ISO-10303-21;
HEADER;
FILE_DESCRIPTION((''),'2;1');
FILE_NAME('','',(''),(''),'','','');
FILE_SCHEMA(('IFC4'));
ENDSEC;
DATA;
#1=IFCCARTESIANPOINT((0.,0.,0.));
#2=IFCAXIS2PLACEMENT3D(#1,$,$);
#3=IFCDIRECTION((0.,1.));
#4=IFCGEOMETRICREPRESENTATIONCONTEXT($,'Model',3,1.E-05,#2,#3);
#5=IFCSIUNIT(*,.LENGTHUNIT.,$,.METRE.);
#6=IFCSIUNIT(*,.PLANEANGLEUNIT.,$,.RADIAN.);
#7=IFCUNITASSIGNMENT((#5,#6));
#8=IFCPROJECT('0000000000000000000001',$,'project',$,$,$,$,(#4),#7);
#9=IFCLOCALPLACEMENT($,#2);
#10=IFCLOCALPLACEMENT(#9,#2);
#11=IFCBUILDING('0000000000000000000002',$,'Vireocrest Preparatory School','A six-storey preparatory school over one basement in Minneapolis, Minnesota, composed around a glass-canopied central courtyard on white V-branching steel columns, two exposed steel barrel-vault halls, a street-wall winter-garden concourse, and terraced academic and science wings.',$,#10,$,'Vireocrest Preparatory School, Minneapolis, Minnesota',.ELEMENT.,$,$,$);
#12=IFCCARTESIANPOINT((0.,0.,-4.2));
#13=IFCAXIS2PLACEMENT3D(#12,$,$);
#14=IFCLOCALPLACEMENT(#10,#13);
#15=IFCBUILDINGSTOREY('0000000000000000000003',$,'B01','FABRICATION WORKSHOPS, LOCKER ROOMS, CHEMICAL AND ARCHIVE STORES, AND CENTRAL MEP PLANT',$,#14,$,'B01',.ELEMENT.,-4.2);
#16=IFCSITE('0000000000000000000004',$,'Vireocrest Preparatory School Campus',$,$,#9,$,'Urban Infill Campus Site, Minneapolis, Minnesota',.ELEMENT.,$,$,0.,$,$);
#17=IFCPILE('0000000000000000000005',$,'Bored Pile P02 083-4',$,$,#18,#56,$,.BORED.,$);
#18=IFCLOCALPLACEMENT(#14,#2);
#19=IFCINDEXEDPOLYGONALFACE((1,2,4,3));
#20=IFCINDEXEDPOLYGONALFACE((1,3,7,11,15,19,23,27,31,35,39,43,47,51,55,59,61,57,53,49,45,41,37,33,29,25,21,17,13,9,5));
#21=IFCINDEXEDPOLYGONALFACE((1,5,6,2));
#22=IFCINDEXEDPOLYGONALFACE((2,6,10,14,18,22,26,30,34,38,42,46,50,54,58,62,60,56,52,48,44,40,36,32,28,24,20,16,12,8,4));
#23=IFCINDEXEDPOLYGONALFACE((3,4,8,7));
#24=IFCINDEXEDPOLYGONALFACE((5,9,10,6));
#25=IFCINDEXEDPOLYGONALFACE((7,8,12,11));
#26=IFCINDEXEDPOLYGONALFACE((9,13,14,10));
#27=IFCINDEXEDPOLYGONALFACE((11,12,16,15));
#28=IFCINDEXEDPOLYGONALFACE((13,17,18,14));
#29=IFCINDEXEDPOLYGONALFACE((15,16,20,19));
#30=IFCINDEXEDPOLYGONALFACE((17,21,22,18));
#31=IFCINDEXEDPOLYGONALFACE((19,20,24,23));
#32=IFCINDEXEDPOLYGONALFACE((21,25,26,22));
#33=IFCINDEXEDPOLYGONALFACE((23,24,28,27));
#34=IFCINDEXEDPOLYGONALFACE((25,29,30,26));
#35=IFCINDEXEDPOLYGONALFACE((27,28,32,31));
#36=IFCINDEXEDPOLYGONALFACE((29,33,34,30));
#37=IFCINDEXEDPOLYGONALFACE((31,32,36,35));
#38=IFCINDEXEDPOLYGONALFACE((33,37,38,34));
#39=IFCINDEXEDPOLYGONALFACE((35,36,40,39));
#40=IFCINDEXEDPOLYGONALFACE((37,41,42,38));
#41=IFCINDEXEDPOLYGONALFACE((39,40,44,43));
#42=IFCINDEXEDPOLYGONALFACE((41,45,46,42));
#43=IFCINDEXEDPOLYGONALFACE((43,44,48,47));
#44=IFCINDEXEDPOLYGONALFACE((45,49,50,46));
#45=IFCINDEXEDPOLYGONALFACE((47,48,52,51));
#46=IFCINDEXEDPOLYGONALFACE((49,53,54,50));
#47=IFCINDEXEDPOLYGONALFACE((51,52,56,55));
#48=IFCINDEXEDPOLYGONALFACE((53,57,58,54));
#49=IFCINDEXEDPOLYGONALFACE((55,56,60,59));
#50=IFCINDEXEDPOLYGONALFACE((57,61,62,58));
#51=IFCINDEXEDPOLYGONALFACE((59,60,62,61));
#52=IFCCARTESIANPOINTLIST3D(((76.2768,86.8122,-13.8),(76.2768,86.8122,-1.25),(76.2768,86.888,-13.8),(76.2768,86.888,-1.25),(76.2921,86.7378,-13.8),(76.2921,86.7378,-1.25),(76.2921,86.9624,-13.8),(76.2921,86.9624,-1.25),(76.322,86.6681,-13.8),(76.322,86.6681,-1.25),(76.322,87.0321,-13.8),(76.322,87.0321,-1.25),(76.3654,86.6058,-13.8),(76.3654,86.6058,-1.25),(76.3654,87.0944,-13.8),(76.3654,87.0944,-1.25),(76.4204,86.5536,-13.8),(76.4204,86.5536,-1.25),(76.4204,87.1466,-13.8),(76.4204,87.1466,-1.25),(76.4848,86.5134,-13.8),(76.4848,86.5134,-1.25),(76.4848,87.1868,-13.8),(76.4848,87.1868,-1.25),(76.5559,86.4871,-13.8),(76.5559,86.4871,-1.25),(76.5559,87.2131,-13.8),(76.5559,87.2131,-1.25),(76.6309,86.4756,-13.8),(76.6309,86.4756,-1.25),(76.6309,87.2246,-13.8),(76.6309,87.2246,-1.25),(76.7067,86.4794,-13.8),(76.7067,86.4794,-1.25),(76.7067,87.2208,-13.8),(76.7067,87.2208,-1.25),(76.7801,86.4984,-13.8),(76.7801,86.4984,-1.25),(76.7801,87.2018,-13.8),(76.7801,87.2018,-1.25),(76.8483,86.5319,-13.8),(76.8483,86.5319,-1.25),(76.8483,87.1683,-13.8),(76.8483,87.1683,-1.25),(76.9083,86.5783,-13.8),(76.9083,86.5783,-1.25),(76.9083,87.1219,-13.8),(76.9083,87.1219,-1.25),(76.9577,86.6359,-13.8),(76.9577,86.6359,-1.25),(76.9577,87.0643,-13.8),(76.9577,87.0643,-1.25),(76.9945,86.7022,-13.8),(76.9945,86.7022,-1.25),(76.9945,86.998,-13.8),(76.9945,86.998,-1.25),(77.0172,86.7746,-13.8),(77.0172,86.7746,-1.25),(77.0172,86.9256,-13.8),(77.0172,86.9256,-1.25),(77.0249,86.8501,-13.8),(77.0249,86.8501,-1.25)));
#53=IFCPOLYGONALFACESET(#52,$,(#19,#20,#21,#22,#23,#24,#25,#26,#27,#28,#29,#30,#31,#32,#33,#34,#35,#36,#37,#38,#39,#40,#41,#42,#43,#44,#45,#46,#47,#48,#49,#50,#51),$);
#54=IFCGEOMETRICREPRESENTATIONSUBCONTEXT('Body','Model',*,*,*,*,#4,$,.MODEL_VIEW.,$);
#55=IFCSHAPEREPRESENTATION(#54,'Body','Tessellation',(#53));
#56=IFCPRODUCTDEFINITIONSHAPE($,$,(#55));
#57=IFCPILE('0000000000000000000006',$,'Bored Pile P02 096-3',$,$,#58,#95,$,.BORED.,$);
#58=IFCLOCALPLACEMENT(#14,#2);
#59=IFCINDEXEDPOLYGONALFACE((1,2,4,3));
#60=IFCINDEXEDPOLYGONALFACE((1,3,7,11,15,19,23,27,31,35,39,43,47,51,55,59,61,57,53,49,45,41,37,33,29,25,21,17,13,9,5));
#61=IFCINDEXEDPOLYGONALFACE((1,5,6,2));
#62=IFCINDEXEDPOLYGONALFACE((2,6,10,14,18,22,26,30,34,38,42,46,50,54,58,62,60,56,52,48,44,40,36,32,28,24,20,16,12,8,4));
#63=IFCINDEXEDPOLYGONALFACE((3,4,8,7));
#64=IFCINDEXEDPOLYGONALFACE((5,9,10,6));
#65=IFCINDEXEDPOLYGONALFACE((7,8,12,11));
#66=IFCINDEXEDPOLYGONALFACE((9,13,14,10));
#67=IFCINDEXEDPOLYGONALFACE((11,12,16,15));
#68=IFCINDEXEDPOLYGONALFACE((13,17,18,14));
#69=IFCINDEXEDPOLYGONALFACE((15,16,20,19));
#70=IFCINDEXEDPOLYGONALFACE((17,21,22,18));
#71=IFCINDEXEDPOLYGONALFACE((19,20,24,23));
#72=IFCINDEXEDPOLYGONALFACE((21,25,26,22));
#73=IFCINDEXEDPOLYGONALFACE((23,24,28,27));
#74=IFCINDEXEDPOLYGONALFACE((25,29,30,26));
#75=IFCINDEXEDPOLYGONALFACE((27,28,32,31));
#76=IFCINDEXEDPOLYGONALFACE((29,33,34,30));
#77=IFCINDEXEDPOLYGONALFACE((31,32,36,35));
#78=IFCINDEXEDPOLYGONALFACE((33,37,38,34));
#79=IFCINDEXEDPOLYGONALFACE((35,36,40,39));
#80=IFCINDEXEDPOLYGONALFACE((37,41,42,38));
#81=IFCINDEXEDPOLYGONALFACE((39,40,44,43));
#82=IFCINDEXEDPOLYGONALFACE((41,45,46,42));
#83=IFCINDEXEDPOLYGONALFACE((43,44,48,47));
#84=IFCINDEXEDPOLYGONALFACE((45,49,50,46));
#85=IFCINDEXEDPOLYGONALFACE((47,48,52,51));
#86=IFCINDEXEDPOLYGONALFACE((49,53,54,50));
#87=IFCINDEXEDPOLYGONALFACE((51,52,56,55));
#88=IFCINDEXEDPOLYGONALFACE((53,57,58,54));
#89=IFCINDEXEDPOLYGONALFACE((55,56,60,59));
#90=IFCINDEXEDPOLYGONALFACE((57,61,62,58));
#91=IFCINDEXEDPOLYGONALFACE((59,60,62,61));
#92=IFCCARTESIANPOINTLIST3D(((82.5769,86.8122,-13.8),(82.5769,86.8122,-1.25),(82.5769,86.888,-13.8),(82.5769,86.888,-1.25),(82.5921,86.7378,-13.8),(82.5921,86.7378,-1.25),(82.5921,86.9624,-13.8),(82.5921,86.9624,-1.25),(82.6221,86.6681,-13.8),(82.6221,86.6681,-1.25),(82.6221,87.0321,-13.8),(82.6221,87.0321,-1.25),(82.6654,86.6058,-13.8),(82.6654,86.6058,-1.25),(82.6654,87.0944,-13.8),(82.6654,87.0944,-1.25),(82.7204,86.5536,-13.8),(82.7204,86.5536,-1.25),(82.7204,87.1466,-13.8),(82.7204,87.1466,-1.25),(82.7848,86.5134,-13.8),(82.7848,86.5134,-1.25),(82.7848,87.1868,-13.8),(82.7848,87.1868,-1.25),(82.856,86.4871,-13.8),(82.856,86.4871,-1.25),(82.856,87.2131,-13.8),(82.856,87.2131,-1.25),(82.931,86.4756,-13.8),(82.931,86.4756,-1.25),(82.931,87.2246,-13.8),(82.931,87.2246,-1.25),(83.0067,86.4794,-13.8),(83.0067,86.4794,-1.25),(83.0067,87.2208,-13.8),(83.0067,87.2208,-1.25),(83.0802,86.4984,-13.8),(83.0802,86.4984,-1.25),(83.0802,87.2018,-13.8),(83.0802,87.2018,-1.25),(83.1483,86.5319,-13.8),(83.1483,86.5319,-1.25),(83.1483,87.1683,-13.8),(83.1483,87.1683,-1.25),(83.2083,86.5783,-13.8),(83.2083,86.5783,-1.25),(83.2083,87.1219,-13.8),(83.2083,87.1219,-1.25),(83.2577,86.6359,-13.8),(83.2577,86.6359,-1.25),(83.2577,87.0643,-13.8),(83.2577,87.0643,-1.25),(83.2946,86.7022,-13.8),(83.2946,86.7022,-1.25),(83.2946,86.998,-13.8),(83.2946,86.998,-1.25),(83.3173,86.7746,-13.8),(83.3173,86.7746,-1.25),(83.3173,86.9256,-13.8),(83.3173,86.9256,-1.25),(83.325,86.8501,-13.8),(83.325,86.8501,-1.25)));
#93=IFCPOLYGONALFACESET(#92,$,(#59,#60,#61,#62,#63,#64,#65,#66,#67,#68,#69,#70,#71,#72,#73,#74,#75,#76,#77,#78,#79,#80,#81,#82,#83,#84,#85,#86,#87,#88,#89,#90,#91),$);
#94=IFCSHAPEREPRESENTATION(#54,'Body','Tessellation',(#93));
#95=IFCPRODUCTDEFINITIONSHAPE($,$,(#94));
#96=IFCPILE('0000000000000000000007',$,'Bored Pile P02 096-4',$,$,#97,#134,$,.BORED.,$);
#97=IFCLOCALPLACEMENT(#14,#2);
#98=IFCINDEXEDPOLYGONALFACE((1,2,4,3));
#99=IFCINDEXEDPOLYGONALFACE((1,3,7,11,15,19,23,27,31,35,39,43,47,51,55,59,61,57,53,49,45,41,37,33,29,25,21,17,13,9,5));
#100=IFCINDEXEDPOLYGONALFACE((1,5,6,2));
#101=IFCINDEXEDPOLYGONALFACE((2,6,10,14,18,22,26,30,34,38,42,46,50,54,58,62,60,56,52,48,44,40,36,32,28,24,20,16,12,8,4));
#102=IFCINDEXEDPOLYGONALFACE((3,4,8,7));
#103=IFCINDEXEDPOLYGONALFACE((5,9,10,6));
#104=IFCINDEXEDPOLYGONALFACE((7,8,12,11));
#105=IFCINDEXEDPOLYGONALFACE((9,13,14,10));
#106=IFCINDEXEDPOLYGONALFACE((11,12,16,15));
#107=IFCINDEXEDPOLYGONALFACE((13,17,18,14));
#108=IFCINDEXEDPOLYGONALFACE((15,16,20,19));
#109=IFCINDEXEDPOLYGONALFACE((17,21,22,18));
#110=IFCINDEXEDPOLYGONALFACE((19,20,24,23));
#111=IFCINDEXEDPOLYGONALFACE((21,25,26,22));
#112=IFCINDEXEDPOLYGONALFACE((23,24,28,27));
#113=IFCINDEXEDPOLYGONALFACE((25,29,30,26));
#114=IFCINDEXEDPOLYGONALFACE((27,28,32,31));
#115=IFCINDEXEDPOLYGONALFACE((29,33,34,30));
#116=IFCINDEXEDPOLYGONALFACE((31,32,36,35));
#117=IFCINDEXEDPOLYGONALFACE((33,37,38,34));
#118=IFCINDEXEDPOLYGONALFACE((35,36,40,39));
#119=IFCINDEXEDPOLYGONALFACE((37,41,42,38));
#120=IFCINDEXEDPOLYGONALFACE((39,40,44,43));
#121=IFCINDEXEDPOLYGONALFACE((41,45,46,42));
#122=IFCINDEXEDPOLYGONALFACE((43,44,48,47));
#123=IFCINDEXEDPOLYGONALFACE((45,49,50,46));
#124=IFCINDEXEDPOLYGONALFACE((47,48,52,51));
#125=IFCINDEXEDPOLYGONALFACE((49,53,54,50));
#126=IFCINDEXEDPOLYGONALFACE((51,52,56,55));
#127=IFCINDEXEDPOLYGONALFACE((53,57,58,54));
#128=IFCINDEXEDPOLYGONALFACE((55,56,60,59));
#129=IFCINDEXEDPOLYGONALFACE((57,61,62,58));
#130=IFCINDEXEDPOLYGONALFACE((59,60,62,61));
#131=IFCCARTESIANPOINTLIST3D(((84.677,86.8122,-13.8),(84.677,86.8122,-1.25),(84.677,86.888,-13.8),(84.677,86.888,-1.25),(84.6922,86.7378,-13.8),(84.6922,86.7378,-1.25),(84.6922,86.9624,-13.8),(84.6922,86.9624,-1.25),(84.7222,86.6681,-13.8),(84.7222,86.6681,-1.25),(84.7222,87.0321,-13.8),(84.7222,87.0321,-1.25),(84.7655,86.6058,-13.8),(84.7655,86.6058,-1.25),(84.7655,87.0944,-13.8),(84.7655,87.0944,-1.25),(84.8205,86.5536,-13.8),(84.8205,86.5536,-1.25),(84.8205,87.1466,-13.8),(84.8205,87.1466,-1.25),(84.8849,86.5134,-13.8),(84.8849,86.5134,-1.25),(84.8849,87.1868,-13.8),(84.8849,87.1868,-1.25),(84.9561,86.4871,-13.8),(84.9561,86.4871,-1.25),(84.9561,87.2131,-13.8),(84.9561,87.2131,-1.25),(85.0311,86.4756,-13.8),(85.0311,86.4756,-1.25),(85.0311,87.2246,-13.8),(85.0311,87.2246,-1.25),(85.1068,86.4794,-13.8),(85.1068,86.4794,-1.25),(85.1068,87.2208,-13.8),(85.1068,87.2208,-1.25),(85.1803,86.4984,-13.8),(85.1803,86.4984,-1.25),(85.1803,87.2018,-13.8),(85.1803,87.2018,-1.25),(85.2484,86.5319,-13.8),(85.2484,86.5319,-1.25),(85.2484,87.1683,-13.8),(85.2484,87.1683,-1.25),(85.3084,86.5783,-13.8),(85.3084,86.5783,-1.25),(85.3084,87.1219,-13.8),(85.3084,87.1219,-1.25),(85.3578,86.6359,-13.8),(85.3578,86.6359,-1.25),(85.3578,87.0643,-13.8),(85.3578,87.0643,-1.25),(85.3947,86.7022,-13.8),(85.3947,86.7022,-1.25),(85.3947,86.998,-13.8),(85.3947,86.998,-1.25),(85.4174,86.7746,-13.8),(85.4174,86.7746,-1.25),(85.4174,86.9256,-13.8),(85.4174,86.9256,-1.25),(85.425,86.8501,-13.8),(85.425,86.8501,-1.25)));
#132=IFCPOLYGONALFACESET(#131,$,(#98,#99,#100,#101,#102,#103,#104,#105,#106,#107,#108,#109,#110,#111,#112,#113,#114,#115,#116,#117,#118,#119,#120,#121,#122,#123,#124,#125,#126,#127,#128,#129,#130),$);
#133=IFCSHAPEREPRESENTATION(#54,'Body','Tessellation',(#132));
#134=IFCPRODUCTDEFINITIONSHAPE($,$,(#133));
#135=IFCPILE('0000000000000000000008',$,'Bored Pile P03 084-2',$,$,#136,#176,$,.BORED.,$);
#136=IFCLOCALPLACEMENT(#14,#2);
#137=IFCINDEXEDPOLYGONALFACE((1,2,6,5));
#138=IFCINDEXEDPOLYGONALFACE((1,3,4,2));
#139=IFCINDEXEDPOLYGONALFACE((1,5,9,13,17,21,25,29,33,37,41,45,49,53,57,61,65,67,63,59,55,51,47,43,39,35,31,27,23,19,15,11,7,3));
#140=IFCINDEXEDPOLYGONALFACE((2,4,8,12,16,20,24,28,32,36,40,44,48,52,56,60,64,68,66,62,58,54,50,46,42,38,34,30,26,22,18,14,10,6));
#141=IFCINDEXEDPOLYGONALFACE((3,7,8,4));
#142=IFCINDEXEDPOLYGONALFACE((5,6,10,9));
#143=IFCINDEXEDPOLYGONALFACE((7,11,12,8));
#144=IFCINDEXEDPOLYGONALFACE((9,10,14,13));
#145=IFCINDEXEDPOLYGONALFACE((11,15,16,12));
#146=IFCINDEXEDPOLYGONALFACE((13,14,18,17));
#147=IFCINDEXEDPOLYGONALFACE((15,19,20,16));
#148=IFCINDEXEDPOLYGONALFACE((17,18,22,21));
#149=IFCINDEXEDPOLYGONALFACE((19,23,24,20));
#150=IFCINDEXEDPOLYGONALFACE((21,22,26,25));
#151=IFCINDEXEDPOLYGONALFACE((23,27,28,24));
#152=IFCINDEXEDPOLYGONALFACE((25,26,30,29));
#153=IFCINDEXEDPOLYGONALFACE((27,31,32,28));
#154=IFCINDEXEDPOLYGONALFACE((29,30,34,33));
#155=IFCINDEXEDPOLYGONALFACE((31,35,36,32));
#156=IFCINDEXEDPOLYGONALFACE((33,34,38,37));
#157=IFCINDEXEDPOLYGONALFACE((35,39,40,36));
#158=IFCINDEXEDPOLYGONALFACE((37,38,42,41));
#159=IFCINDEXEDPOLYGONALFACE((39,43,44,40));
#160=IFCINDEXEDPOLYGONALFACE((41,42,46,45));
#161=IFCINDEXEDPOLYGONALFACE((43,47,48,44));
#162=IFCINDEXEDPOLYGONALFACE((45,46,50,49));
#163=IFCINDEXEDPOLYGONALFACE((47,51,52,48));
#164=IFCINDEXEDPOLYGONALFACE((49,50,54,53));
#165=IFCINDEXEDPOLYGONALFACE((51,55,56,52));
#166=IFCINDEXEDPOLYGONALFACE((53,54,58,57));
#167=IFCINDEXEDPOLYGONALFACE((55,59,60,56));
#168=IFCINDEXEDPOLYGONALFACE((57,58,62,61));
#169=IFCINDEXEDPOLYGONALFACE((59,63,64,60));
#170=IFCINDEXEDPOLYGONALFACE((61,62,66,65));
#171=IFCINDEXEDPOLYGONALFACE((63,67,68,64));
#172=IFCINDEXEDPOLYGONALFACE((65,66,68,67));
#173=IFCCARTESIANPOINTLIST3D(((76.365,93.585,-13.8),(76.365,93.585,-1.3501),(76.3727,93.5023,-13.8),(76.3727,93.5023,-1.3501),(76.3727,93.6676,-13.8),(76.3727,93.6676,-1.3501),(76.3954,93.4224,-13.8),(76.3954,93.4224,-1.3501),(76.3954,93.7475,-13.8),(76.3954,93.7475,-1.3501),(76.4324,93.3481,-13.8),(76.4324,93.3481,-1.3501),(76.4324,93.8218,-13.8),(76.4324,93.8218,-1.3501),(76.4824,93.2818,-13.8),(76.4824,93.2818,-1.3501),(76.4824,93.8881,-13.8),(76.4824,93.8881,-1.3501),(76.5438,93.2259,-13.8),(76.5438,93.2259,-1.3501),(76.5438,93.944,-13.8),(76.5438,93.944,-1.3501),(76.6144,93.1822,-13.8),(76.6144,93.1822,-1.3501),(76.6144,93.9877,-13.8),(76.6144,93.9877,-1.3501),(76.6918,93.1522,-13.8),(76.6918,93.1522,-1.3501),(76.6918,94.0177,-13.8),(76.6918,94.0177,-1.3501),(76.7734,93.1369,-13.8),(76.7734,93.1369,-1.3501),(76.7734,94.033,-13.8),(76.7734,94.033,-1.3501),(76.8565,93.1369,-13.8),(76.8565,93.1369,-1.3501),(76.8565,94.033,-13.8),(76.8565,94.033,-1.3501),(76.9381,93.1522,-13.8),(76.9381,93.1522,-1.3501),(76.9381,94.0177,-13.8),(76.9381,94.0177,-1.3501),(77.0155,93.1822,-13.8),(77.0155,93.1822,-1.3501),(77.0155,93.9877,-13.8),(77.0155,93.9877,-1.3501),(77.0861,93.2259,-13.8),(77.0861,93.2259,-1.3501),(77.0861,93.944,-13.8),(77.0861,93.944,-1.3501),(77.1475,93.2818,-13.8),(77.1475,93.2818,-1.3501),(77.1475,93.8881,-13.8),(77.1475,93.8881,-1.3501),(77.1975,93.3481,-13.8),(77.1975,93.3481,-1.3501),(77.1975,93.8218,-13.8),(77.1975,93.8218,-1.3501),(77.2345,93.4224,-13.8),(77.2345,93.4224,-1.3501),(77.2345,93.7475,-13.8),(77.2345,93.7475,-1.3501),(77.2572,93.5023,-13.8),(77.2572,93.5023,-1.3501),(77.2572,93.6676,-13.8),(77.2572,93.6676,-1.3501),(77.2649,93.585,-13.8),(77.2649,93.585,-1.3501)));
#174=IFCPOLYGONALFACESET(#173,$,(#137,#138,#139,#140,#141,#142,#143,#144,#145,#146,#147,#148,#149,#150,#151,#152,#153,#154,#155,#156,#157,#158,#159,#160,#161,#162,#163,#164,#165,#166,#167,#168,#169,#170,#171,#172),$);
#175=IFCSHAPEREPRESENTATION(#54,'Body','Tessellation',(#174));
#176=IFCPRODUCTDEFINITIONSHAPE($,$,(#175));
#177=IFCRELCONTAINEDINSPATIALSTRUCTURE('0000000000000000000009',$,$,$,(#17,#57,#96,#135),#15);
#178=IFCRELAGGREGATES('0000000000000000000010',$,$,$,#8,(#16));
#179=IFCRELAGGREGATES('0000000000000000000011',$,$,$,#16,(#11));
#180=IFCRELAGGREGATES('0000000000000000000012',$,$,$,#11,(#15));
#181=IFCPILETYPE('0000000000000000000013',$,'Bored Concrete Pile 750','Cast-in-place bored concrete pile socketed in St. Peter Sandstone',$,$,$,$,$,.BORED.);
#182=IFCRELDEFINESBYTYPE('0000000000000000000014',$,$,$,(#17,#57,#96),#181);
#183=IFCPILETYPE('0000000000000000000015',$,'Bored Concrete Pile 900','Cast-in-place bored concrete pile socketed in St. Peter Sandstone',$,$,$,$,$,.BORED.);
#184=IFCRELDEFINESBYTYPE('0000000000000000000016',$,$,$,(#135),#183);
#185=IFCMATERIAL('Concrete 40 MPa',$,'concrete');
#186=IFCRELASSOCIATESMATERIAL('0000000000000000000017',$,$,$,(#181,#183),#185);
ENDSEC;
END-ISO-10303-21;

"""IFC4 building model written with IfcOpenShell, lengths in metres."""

from ifc_helpers import new_model, si_unit, direction, frame, origin, origin_2d, place, context, subcontext, project, spatial, circle, extrude, material, material_profile, profile_set, type_object, element, save


model = new_model("IFC4")

# Units and contexts
model_context = context("Model", 3, precision=1e-05, world=origin(), true_north=direction((0.0, 1.0)))
body_context = subcontext(model_context, "Body", "Model", "MODEL_VIEW")
ifc_project = project(units=[si_unit("LENGTHUNIT", "METRE"), si_unit("PLANEANGLEUNIT", "RADIAN")], contexts=[model_context])

# Site, building, storey
site_placement = place(None, origin())
site = spatial("IfcSite", under=ifc_project, at=site_placement, Name="Vireocrest Preparatory School Campus", LongName="Urban Infill Campus Site, Minneapolis, Minnesota", CompositionType="ELEMENT", RefElevation=0.0)
building_placement = place(site_placement, origin())
building = spatial("IfcBuilding", under=site, at=building_placement, Name="Vireocrest Preparatory School", Description="A six-storey preparatory school over one basement in Minneapolis, Minnesota, composed around a glass-canopied central courtyard on white V-branching steel columns, two exposed steel barrel-vault halls, a street-wall winter-garden concourse, and terraced academic and science wings.", LongName="Vireocrest Preparatory School, Minneapolis, Minnesota", CompositionType="ELEMENT")
storey_placement = place(building_placement, frame((0.0, 0.0, -4.2)))
storey = spatial("IfcBuildingStorey", under=building, at=storey_placement, Name="B01", Description="FABRICATION WORKSHOPS, LOCKER ROOMS, CHEMICAL AND ARCHIVE STORES, AND CENTRAL MEP PLANT", LongName="B01", CompositionType="ELEMENT", Elevation=-4.2)

# Piles
ifc_material_1 = material(Name="Concrete 40 MPa", Category="concrete")
ifc_material_profile_1 = material_profile(ifc_material_1, circle(Radius=0.375, at=origin_2d()), Name="BORED PILE 750")
ifc_profile_set_1 = profile_set([ifc_material_profile_1], Name="Concrete 40 MPa")
pile_type_1 = type_object("IfcPileType", Name="Bored Concrete Pile 750", Description="Cast-in-place bored concrete pile socketed in St. Peter Sandstone", PredefinedType="BORED", material=ifc_profile_set_1)
for number, where, z_axis, x_axis, name in (
    (1, (76.6499, 86.8501, -1.25), (0.0, 0.0, -1.0), (1.0, 0.0, 0.0), "Bored Pile P02 083-4"),
    (2, (82.95, 86.8501, -1.25), (0.0, 0.0, -1.0), (1.0, 0.0, 0.0), "Bored Pile P02 096-3"),
    (3, (85.05, 86.8501, -1.25), (0.0, 0.0, -1.0), (1.0, 0.0, 0.0), "Bored Pile P02 096-4"),
):
    element("IfcPile", number, at=place(storey_placement, frame(where, z_axis=z_axis, x_axis=x_axis)), inside=storey, type_object=pile_type_1, Name=name, PredefinedType="BORED", context=body_context, shape_type="SweptSolid", body=[
        extrude(circle(Radius=0.375, at=origin_2d()), origin(), (0.0, 0.0, 1.0), 12.55),
    ])
ifc_material_profile_2 = material_profile(ifc_material_1, circle(Radius=0.45, at=origin_2d()), Name="BORED PILE 900")
ifc_profile_set_2 = profile_set([ifc_material_profile_2], Name="Concrete 40 MPa")
pile_type_2 = type_object("IfcPileType", Name="Bored Concrete Pile 900", Description="Cast-in-place bored concrete pile socketed in St. Peter Sandstone", PredefinedType="BORED", material=ifc_profile_set_2)
for number, where, z_axis, x_axis, name in (
    (4, (76.8149, 93.585, -1.3501), (0.0, 0.0, -1.0), (1.0, 0.0, 0.0), "Bored Pile P03 084-2"),
):
    element("IfcPile", number, at=place(storey_placement, frame(where, z_axis=z_axis, x_axis=x_axis)), inside=storey, type_object=pile_type_2, Name=name, PredefinedType="BORED", context=body_context, shape_type="SweptSolid", body=[
        extrude(circle(Radius=0.45, at=origin_2d()), origin(), (0.0, 0.0, 1.0), 12.45),
    ])

save(model, "model.ifc")
